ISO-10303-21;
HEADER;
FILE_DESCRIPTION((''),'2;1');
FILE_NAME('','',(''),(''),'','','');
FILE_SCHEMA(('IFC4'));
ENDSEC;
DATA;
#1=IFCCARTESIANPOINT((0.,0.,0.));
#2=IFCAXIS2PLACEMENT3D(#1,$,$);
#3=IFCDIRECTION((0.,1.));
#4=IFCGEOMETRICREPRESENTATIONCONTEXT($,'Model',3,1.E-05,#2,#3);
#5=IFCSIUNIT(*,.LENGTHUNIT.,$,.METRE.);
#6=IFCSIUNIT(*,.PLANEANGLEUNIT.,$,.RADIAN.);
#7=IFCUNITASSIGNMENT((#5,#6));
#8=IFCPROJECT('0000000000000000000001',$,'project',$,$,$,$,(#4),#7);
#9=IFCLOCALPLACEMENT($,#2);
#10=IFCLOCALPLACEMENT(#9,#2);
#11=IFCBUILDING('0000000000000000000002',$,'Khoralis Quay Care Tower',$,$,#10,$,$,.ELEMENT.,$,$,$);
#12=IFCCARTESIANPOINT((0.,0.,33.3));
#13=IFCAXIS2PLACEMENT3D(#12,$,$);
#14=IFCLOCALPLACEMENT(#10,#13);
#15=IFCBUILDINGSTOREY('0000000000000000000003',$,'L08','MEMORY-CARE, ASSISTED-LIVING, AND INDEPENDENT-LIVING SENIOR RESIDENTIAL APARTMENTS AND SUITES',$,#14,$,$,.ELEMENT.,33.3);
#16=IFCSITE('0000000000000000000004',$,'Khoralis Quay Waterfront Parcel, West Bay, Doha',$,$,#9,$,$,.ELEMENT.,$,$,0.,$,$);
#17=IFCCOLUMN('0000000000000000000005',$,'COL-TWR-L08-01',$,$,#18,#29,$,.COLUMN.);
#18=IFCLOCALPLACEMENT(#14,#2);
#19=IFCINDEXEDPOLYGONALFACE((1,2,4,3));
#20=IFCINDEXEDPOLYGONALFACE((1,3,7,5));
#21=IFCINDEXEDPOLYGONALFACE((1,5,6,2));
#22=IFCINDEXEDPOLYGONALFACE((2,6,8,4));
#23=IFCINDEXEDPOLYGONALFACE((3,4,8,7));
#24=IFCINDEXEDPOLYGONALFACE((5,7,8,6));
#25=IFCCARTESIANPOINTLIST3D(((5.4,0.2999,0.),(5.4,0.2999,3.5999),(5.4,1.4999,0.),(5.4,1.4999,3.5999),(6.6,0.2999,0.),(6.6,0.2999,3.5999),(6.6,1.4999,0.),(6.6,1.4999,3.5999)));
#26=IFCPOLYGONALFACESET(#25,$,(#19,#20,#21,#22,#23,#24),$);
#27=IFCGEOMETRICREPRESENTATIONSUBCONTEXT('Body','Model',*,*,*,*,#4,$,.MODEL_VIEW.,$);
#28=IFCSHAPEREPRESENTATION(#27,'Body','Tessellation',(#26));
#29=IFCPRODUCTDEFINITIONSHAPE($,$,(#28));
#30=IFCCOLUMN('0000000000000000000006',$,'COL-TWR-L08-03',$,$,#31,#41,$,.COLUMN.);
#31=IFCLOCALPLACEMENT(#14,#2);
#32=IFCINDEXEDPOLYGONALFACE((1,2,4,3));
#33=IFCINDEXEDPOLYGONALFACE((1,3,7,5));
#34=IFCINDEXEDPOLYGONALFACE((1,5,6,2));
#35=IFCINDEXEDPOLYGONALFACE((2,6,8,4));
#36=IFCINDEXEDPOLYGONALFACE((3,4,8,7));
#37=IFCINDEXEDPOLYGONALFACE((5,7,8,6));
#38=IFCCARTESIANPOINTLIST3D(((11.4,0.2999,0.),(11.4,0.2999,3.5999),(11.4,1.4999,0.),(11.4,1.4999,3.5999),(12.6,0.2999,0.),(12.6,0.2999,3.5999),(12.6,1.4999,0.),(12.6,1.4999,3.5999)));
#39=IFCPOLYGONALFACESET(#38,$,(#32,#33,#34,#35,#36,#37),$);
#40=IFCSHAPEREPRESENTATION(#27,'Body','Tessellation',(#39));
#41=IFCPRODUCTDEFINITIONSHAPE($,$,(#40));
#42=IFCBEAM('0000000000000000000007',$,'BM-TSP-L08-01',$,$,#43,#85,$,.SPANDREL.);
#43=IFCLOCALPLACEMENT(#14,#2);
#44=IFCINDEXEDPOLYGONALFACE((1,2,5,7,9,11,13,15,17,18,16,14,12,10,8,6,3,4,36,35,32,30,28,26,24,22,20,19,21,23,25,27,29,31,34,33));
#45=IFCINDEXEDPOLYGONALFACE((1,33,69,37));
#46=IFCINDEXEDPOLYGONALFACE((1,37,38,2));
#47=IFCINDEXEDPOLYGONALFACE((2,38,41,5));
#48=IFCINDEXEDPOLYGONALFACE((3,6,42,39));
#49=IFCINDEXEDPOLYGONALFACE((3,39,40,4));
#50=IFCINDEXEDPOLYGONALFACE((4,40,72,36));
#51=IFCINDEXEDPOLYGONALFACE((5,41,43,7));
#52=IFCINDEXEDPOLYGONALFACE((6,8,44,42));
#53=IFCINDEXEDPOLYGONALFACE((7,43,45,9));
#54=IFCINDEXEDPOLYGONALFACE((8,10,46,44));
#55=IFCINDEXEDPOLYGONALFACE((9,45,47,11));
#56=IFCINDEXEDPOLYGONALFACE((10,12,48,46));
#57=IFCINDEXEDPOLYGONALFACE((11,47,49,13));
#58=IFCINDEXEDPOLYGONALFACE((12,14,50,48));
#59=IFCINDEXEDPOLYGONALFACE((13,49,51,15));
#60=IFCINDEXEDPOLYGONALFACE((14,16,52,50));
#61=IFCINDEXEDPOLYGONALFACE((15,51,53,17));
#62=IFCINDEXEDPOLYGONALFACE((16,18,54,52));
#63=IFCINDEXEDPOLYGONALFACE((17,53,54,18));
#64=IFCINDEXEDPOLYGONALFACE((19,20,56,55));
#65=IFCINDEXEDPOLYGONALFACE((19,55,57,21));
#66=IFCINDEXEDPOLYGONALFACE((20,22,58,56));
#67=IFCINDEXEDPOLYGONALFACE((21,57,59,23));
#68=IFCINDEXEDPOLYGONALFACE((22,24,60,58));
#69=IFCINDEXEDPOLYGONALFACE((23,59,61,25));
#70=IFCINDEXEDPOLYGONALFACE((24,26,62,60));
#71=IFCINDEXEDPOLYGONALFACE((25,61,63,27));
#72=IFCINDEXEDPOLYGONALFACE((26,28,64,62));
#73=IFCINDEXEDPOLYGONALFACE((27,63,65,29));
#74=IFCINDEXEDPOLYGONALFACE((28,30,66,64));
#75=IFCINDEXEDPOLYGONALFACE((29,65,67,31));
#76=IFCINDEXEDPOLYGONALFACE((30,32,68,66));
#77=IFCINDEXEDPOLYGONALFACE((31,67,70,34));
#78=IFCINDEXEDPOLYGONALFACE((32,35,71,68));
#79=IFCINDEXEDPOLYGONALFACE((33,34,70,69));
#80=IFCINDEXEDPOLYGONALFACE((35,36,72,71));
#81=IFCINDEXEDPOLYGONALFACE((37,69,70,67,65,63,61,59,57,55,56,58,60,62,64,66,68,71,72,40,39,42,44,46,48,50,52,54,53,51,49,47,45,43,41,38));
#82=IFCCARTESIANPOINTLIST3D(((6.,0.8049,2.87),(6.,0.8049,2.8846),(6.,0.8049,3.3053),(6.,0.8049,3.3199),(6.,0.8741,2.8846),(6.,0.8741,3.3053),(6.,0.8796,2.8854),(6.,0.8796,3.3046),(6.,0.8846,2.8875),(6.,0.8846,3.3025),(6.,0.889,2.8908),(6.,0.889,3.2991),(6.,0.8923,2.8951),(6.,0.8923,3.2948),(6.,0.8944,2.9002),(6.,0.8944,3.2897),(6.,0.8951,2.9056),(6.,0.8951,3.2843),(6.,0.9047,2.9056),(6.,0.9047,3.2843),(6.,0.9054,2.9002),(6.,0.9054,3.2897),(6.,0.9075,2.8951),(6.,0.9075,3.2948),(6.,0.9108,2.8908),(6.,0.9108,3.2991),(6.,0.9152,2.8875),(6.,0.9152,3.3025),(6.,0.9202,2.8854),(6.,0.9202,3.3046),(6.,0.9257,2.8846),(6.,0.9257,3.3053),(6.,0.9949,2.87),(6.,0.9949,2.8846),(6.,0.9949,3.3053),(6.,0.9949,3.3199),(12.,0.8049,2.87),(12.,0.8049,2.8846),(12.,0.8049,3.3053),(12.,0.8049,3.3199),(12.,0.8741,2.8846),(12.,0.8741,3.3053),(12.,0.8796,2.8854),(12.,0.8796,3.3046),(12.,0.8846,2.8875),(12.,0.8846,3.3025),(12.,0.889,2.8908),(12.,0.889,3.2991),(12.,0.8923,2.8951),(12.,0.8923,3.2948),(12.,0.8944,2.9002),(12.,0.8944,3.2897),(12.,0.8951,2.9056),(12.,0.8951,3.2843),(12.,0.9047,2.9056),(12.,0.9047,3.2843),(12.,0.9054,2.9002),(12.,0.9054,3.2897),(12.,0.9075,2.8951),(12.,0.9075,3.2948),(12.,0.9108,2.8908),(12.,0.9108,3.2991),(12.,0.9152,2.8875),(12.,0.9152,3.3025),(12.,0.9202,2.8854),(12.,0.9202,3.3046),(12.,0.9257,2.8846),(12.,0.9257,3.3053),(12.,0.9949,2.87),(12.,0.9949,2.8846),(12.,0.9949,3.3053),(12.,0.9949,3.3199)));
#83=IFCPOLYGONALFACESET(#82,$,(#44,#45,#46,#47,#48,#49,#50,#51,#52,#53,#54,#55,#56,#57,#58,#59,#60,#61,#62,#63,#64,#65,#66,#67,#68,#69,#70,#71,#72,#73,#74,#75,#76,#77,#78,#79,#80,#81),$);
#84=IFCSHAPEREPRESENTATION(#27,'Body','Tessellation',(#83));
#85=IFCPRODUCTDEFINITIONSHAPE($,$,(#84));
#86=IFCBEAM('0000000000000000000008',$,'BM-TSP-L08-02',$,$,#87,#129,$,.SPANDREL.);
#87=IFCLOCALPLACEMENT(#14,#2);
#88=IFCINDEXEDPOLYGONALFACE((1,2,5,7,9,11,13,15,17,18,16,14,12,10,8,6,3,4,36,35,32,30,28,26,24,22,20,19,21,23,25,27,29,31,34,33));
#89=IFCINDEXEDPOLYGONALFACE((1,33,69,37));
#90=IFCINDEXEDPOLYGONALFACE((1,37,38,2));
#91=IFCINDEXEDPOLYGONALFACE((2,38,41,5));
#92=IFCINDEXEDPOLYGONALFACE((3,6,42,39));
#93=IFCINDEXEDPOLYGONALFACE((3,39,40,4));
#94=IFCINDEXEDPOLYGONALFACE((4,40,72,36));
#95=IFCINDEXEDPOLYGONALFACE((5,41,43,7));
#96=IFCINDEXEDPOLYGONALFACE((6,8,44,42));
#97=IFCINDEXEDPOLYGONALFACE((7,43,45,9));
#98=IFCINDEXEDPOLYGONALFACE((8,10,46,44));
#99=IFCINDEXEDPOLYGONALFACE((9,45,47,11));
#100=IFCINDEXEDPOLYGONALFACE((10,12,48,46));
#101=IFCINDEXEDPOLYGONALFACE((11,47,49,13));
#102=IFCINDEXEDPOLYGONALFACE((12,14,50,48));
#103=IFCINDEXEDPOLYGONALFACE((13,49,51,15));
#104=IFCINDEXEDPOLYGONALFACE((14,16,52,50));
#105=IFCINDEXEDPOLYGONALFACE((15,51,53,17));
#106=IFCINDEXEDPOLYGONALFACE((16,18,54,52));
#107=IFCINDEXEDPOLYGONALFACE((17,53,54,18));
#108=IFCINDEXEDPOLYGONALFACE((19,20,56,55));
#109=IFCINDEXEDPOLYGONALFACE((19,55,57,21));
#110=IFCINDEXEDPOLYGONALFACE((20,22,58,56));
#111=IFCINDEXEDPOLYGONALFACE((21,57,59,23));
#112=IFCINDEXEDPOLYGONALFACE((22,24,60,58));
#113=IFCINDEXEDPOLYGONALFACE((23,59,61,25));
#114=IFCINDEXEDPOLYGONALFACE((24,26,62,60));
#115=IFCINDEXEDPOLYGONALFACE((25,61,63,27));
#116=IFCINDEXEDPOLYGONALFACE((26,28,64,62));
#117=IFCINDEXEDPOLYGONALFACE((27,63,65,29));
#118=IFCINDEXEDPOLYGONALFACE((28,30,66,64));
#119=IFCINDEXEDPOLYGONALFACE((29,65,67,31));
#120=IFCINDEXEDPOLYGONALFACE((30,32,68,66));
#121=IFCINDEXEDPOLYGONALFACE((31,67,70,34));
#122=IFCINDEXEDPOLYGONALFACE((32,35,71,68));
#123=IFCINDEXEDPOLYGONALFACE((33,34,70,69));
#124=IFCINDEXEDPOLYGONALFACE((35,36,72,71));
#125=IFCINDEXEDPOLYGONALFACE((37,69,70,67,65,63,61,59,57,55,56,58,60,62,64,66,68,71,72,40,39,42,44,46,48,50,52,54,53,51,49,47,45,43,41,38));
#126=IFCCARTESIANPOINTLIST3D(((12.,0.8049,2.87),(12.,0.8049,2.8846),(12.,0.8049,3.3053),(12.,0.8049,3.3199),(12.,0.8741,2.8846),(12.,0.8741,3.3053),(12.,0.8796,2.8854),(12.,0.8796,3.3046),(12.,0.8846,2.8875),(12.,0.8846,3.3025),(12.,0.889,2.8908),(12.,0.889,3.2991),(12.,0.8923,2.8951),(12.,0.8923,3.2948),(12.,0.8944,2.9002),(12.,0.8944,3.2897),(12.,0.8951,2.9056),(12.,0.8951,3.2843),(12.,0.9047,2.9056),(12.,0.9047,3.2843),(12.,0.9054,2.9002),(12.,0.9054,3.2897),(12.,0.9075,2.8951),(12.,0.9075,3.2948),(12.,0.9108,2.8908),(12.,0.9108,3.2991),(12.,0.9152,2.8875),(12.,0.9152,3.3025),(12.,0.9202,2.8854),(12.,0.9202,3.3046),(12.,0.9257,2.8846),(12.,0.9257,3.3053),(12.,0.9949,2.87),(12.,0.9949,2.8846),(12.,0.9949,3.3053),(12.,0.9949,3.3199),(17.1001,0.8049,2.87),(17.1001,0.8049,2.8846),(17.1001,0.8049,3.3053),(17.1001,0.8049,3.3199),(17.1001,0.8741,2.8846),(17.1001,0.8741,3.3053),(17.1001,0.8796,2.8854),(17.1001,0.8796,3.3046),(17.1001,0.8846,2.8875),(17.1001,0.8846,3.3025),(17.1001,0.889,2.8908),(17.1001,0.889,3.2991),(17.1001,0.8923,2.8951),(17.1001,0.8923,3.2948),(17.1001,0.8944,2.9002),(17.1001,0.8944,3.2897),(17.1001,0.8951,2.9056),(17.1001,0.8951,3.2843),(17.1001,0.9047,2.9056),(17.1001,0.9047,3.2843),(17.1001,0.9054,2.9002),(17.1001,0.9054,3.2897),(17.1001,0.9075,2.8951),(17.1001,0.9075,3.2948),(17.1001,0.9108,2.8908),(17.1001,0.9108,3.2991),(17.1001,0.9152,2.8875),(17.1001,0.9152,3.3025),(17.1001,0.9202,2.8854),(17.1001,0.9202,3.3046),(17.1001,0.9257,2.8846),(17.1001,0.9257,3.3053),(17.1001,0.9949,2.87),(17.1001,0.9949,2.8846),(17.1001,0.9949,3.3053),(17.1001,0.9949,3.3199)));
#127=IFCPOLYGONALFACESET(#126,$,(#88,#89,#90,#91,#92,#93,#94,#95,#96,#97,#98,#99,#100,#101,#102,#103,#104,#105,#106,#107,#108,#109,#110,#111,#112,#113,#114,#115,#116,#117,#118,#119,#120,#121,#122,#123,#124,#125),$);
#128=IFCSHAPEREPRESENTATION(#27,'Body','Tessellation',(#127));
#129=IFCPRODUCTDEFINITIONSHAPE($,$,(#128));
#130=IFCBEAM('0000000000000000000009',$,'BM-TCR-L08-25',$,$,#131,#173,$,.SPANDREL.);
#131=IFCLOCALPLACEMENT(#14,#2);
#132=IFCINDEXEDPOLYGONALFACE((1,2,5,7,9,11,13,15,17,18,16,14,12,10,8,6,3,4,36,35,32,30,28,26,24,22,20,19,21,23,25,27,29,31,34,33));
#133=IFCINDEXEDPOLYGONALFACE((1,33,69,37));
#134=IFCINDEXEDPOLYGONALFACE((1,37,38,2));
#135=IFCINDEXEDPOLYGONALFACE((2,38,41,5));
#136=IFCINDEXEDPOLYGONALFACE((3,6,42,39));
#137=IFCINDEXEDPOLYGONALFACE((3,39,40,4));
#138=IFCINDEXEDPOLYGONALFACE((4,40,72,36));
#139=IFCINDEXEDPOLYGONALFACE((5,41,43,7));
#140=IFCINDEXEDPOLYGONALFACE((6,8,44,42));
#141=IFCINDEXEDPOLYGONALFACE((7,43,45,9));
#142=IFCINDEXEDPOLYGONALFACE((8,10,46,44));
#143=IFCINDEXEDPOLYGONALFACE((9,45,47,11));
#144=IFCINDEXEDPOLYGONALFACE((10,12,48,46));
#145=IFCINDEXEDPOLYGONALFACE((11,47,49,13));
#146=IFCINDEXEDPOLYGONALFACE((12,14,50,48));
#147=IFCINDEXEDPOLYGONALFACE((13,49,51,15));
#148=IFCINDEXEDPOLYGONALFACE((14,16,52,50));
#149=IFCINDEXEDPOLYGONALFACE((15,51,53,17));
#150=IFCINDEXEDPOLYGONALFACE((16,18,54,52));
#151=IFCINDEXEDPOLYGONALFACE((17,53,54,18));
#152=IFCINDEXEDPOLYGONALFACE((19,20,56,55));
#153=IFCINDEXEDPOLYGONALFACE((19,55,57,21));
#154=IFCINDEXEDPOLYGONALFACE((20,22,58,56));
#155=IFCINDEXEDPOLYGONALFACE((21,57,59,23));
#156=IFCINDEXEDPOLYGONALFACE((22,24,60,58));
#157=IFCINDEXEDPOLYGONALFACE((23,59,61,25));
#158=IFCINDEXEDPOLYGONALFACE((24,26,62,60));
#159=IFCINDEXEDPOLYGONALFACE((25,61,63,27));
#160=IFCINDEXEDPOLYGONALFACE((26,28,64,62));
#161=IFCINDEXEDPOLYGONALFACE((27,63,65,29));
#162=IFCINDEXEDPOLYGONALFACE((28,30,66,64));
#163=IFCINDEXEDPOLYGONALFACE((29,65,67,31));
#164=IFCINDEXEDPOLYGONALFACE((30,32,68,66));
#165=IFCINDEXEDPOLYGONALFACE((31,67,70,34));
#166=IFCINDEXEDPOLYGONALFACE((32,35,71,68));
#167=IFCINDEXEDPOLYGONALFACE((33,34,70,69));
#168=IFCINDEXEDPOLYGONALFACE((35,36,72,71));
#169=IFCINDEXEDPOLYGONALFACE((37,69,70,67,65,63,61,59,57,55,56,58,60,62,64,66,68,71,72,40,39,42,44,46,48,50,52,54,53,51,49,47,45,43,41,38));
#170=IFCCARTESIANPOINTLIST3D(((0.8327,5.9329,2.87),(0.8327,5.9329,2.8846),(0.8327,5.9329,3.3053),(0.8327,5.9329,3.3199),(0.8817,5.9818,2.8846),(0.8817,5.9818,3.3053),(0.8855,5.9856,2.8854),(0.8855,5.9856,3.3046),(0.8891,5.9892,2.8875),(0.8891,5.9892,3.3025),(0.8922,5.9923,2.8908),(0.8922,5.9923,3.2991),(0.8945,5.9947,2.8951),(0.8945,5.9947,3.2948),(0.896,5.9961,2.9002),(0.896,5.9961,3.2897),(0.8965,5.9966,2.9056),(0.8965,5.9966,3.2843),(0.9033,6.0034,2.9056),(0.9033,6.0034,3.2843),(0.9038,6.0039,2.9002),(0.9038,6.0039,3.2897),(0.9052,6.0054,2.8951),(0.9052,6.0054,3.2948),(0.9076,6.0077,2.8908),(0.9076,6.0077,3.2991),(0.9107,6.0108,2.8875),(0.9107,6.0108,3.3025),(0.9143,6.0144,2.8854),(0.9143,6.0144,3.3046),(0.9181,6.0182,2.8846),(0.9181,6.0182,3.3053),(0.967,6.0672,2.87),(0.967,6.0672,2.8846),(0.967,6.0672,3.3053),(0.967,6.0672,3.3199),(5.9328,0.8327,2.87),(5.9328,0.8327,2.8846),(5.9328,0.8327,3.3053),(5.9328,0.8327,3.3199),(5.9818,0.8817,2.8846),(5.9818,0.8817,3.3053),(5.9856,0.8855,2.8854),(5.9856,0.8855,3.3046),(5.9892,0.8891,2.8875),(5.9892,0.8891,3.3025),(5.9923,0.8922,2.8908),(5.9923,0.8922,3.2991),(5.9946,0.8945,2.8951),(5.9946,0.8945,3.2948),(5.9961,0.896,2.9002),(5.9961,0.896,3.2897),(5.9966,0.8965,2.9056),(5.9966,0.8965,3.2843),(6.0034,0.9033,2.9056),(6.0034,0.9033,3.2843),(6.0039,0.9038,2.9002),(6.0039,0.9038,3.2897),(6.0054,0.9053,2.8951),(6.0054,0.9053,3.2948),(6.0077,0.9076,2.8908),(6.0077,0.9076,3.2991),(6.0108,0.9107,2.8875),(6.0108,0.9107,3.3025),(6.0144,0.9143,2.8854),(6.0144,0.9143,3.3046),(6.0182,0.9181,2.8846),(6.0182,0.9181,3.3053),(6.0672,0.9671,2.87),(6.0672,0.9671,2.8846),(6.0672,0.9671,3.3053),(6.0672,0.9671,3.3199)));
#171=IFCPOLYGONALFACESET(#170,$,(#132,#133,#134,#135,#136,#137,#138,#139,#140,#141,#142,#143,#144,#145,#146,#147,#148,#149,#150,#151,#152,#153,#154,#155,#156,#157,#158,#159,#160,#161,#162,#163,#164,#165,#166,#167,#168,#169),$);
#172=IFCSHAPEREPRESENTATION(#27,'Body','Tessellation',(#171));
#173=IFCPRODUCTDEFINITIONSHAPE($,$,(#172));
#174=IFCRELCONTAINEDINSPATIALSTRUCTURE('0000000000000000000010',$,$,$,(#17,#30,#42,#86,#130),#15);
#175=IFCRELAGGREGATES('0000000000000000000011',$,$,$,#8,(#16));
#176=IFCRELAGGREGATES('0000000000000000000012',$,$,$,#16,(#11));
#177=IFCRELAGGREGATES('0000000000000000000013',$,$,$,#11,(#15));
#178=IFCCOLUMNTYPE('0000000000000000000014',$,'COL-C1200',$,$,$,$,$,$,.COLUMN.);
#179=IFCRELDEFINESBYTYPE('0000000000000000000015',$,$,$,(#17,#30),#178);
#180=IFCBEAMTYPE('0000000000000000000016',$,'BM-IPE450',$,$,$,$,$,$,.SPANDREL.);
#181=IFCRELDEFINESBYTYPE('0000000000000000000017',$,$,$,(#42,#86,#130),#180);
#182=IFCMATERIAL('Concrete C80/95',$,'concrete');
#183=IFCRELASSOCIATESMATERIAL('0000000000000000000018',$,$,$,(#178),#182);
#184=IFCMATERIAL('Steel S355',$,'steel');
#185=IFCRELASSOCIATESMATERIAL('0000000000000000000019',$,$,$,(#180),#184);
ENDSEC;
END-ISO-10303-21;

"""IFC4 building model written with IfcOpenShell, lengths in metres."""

from ifc_helpers import new_model, si_unit, direction, frame, origin, origin_2d, place, context, subcontext, project, spatial, rectangle, i_section, extrude, source, transform, mapped, material, material_profile, profile_set, type_object, element, save


model = new_model("IFC4")

# Units and contexts
model_context = context("Model", 3, precision=1e-05, world=origin(), true_north=direction((0.0, 1.0)))
body_context = subcontext(model_context, "Body", "Model", "MODEL_VIEW")
ifc_project = project(units=[si_unit("LENGTHUNIT", "METRE"), si_unit("PLANEANGLEUNIT", "RADIAN")], contexts=[model_context])

# Site, building, storey
site_placement = place(None, origin())
site = spatial("IfcSite", under=ifc_project, at=site_placement, Name="Khoralis Quay Waterfront Parcel, West Bay, Doha", CompositionType="ELEMENT", RefElevation=0.0)
building_placement = place(site_placement, origin())
building = spatial("IfcBuilding", under=site, at=building_placement, Name="Khoralis Quay Care Tower", CompositionType="ELEMENT")
storey_placement = place(building_placement, frame((0.0, 0.0, 33.3)))
storey = spatial("IfcBuildingStorey", under=building, at=storey_placement, Name="L08", Description="MEMORY-CARE, ASSISTED-LIVING, AND INDEPENDENT-LIVING SENIOR RESIDENTIAL APARTMENTS AND SUITES", CompositionType="ELEMENT", Elevation=33.3)

# Columns
ifc_material_1 = material(Name="Concrete C80/95", Category="concrete")
ifc_material_profile_1 = material_profile(ifc_material_1, rectangle(XDim=1.2, YDim=1.2, at=origin_2d()), Name="Concrete C80/95")
ifc_profile_set_1 = profile_set([ifc_material_profile_1], Name="Concrete C80/95")
column_type = type_object("IfcColumnType", Name="COL-C1200", PredefinedType="COLUMN", material=ifc_profile_set_1)
shared_shape_1 = source(origin(), body_context, "Body", "SweptSolid", [
    extrude(rectangle(XDim=1.2, YDim=1.2, at=origin_2d()), origin(), (0.0, 0.0, 1.0), 3.5999),
])
for number, where, z_axis, x_axis, name in (
    (1, (6.0, 0.8999, 0.0), (0.0, 0.0, 1.0), (1.0, 0.0, 0.0), "COL-TWR-L08-01"),
    (2, (12.0, 0.8999, 0.0), (0.0, 0.0, 1.0), (1.0, 0.0, 0.0), "COL-TWR-L08-03"),
):
    element("IfcColumn", number, at=place(storey_placement, frame(where, z_axis=z_axis, x_axis=x_axis)), inside=storey, type_object=column_type, Name=name, PredefinedType="COLUMN", context=body_context, shape_type="MappedRepresentation", body=[
        mapped(shared_shape_1, transform((0.0, 0.0, 0.0), scale=1.0)),
    ])

# Beams
ifc_material_2 = material(Name="Steel S355", Category="steel")
ifc_material_profile_2 = material_profile(ifc_material_2, i_section(OverallWidth=0.1899, OverallDepth=0.45, WebThickness=0.0095, FlangeThickness=0.0146, FilletRadius=0.021, at=origin_2d()), Name="Steel S355")
ifc_profile_set_2 = profile_set([ifc_material_profile_2], Name="Steel S355")
beam_type_1 = type_object("IfcBeamType", Name="BM-IPE450", PredefinedType="SPANDREL", material=ifc_profile_set_2)
shared_shape_2 = source(origin(), body_context, "Body", "SweptSolid", [
    extrude(i_section(OverallWidth=0.1899, OverallDepth=0.45, WebThickness=0.0095, FlangeThickness=0.0146, FilletRadius=0.021, at=origin_2d()), origin(), (0.0, 0.0, 1.0), 6.0),
])
beam_1_placement = place(storey_placement, frame((6.0, 0.8999, 3.095), z_axis=(1.0, 0.0, 0.0), x_axis=(0.0, 1.0, 0.0)))
element("IfcBeam", 3, at=beam_1_placement, inside=storey, type_object=beam_type_1, Name="BM-TSP-L08-01", PredefinedType="SPANDREL", context=body_context, shape_type="MappedRepresentation", body=[
    mapped(shared_shape_2, transform((0.0, 0.0, 0.0), scale=1.0)),
])
shared_shape_3 = source(origin(), body_context, "Body", "SweptSolid", [
    extrude(i_section(OverallWidth=0.1899, OverallDepth=0.45, WebThickness=0.0095, FlangeThickness=0.0146, FilletRadius=0.021, at=origin_2d()), origin(), (0.0, 0.0, 1.0), 5.1001),
])
beam_2_placement = place(storey_placement, frame((12.0, 0.8999, 3.095), z_axis=(1.0, 0.0, 0.0), x_axis=(0.0, 1.0, 0.0)))
element("IfcBeam", 4, at=beam_2_placement, inside=storey, type_object=beam_type_1, Name="BM-TSP-L08-02", PredefinedType="SPANDREL", context=body_context, shape_type="MappedRepresentation", body=[
    mapped(shared_shape_3, transform((0.0, 0.0, 0.0), scale=1.0)),
])
shared_shape_4 = source(origin(), body_context, "Body", "SweptSolid", [
    extrude(i_section(OverallWidth=0.1899, OverallDepth=0.45, WebThickness=0.0095, FlangeThickness=0.0146, FilletRadius=0.021, at=origin_2d()), origin(), (0.0, 0.0, 1.0), 7.2126),
])
beam_3_placement = place(storey_placement, frame((6.0, 0.8999, 3.095), z_axis=(-0.707107, 0.707107, 0.0), x_axis=(-0.707107, -0.707107, 0.0)))
element("IfcBeam", 5, at=beam_3_placement, inside=storey, type_object=beam_type_1, Name="BM-TCR-L08-25", PredefinedType="SPANDREL", context=body_context, shape_type="MappedRepresentation", body=[
    mapped(shared_shape_4, transform((0.0, 0.0, 0.0), scale=1.0)),
])

save(model, "model.ifc")
